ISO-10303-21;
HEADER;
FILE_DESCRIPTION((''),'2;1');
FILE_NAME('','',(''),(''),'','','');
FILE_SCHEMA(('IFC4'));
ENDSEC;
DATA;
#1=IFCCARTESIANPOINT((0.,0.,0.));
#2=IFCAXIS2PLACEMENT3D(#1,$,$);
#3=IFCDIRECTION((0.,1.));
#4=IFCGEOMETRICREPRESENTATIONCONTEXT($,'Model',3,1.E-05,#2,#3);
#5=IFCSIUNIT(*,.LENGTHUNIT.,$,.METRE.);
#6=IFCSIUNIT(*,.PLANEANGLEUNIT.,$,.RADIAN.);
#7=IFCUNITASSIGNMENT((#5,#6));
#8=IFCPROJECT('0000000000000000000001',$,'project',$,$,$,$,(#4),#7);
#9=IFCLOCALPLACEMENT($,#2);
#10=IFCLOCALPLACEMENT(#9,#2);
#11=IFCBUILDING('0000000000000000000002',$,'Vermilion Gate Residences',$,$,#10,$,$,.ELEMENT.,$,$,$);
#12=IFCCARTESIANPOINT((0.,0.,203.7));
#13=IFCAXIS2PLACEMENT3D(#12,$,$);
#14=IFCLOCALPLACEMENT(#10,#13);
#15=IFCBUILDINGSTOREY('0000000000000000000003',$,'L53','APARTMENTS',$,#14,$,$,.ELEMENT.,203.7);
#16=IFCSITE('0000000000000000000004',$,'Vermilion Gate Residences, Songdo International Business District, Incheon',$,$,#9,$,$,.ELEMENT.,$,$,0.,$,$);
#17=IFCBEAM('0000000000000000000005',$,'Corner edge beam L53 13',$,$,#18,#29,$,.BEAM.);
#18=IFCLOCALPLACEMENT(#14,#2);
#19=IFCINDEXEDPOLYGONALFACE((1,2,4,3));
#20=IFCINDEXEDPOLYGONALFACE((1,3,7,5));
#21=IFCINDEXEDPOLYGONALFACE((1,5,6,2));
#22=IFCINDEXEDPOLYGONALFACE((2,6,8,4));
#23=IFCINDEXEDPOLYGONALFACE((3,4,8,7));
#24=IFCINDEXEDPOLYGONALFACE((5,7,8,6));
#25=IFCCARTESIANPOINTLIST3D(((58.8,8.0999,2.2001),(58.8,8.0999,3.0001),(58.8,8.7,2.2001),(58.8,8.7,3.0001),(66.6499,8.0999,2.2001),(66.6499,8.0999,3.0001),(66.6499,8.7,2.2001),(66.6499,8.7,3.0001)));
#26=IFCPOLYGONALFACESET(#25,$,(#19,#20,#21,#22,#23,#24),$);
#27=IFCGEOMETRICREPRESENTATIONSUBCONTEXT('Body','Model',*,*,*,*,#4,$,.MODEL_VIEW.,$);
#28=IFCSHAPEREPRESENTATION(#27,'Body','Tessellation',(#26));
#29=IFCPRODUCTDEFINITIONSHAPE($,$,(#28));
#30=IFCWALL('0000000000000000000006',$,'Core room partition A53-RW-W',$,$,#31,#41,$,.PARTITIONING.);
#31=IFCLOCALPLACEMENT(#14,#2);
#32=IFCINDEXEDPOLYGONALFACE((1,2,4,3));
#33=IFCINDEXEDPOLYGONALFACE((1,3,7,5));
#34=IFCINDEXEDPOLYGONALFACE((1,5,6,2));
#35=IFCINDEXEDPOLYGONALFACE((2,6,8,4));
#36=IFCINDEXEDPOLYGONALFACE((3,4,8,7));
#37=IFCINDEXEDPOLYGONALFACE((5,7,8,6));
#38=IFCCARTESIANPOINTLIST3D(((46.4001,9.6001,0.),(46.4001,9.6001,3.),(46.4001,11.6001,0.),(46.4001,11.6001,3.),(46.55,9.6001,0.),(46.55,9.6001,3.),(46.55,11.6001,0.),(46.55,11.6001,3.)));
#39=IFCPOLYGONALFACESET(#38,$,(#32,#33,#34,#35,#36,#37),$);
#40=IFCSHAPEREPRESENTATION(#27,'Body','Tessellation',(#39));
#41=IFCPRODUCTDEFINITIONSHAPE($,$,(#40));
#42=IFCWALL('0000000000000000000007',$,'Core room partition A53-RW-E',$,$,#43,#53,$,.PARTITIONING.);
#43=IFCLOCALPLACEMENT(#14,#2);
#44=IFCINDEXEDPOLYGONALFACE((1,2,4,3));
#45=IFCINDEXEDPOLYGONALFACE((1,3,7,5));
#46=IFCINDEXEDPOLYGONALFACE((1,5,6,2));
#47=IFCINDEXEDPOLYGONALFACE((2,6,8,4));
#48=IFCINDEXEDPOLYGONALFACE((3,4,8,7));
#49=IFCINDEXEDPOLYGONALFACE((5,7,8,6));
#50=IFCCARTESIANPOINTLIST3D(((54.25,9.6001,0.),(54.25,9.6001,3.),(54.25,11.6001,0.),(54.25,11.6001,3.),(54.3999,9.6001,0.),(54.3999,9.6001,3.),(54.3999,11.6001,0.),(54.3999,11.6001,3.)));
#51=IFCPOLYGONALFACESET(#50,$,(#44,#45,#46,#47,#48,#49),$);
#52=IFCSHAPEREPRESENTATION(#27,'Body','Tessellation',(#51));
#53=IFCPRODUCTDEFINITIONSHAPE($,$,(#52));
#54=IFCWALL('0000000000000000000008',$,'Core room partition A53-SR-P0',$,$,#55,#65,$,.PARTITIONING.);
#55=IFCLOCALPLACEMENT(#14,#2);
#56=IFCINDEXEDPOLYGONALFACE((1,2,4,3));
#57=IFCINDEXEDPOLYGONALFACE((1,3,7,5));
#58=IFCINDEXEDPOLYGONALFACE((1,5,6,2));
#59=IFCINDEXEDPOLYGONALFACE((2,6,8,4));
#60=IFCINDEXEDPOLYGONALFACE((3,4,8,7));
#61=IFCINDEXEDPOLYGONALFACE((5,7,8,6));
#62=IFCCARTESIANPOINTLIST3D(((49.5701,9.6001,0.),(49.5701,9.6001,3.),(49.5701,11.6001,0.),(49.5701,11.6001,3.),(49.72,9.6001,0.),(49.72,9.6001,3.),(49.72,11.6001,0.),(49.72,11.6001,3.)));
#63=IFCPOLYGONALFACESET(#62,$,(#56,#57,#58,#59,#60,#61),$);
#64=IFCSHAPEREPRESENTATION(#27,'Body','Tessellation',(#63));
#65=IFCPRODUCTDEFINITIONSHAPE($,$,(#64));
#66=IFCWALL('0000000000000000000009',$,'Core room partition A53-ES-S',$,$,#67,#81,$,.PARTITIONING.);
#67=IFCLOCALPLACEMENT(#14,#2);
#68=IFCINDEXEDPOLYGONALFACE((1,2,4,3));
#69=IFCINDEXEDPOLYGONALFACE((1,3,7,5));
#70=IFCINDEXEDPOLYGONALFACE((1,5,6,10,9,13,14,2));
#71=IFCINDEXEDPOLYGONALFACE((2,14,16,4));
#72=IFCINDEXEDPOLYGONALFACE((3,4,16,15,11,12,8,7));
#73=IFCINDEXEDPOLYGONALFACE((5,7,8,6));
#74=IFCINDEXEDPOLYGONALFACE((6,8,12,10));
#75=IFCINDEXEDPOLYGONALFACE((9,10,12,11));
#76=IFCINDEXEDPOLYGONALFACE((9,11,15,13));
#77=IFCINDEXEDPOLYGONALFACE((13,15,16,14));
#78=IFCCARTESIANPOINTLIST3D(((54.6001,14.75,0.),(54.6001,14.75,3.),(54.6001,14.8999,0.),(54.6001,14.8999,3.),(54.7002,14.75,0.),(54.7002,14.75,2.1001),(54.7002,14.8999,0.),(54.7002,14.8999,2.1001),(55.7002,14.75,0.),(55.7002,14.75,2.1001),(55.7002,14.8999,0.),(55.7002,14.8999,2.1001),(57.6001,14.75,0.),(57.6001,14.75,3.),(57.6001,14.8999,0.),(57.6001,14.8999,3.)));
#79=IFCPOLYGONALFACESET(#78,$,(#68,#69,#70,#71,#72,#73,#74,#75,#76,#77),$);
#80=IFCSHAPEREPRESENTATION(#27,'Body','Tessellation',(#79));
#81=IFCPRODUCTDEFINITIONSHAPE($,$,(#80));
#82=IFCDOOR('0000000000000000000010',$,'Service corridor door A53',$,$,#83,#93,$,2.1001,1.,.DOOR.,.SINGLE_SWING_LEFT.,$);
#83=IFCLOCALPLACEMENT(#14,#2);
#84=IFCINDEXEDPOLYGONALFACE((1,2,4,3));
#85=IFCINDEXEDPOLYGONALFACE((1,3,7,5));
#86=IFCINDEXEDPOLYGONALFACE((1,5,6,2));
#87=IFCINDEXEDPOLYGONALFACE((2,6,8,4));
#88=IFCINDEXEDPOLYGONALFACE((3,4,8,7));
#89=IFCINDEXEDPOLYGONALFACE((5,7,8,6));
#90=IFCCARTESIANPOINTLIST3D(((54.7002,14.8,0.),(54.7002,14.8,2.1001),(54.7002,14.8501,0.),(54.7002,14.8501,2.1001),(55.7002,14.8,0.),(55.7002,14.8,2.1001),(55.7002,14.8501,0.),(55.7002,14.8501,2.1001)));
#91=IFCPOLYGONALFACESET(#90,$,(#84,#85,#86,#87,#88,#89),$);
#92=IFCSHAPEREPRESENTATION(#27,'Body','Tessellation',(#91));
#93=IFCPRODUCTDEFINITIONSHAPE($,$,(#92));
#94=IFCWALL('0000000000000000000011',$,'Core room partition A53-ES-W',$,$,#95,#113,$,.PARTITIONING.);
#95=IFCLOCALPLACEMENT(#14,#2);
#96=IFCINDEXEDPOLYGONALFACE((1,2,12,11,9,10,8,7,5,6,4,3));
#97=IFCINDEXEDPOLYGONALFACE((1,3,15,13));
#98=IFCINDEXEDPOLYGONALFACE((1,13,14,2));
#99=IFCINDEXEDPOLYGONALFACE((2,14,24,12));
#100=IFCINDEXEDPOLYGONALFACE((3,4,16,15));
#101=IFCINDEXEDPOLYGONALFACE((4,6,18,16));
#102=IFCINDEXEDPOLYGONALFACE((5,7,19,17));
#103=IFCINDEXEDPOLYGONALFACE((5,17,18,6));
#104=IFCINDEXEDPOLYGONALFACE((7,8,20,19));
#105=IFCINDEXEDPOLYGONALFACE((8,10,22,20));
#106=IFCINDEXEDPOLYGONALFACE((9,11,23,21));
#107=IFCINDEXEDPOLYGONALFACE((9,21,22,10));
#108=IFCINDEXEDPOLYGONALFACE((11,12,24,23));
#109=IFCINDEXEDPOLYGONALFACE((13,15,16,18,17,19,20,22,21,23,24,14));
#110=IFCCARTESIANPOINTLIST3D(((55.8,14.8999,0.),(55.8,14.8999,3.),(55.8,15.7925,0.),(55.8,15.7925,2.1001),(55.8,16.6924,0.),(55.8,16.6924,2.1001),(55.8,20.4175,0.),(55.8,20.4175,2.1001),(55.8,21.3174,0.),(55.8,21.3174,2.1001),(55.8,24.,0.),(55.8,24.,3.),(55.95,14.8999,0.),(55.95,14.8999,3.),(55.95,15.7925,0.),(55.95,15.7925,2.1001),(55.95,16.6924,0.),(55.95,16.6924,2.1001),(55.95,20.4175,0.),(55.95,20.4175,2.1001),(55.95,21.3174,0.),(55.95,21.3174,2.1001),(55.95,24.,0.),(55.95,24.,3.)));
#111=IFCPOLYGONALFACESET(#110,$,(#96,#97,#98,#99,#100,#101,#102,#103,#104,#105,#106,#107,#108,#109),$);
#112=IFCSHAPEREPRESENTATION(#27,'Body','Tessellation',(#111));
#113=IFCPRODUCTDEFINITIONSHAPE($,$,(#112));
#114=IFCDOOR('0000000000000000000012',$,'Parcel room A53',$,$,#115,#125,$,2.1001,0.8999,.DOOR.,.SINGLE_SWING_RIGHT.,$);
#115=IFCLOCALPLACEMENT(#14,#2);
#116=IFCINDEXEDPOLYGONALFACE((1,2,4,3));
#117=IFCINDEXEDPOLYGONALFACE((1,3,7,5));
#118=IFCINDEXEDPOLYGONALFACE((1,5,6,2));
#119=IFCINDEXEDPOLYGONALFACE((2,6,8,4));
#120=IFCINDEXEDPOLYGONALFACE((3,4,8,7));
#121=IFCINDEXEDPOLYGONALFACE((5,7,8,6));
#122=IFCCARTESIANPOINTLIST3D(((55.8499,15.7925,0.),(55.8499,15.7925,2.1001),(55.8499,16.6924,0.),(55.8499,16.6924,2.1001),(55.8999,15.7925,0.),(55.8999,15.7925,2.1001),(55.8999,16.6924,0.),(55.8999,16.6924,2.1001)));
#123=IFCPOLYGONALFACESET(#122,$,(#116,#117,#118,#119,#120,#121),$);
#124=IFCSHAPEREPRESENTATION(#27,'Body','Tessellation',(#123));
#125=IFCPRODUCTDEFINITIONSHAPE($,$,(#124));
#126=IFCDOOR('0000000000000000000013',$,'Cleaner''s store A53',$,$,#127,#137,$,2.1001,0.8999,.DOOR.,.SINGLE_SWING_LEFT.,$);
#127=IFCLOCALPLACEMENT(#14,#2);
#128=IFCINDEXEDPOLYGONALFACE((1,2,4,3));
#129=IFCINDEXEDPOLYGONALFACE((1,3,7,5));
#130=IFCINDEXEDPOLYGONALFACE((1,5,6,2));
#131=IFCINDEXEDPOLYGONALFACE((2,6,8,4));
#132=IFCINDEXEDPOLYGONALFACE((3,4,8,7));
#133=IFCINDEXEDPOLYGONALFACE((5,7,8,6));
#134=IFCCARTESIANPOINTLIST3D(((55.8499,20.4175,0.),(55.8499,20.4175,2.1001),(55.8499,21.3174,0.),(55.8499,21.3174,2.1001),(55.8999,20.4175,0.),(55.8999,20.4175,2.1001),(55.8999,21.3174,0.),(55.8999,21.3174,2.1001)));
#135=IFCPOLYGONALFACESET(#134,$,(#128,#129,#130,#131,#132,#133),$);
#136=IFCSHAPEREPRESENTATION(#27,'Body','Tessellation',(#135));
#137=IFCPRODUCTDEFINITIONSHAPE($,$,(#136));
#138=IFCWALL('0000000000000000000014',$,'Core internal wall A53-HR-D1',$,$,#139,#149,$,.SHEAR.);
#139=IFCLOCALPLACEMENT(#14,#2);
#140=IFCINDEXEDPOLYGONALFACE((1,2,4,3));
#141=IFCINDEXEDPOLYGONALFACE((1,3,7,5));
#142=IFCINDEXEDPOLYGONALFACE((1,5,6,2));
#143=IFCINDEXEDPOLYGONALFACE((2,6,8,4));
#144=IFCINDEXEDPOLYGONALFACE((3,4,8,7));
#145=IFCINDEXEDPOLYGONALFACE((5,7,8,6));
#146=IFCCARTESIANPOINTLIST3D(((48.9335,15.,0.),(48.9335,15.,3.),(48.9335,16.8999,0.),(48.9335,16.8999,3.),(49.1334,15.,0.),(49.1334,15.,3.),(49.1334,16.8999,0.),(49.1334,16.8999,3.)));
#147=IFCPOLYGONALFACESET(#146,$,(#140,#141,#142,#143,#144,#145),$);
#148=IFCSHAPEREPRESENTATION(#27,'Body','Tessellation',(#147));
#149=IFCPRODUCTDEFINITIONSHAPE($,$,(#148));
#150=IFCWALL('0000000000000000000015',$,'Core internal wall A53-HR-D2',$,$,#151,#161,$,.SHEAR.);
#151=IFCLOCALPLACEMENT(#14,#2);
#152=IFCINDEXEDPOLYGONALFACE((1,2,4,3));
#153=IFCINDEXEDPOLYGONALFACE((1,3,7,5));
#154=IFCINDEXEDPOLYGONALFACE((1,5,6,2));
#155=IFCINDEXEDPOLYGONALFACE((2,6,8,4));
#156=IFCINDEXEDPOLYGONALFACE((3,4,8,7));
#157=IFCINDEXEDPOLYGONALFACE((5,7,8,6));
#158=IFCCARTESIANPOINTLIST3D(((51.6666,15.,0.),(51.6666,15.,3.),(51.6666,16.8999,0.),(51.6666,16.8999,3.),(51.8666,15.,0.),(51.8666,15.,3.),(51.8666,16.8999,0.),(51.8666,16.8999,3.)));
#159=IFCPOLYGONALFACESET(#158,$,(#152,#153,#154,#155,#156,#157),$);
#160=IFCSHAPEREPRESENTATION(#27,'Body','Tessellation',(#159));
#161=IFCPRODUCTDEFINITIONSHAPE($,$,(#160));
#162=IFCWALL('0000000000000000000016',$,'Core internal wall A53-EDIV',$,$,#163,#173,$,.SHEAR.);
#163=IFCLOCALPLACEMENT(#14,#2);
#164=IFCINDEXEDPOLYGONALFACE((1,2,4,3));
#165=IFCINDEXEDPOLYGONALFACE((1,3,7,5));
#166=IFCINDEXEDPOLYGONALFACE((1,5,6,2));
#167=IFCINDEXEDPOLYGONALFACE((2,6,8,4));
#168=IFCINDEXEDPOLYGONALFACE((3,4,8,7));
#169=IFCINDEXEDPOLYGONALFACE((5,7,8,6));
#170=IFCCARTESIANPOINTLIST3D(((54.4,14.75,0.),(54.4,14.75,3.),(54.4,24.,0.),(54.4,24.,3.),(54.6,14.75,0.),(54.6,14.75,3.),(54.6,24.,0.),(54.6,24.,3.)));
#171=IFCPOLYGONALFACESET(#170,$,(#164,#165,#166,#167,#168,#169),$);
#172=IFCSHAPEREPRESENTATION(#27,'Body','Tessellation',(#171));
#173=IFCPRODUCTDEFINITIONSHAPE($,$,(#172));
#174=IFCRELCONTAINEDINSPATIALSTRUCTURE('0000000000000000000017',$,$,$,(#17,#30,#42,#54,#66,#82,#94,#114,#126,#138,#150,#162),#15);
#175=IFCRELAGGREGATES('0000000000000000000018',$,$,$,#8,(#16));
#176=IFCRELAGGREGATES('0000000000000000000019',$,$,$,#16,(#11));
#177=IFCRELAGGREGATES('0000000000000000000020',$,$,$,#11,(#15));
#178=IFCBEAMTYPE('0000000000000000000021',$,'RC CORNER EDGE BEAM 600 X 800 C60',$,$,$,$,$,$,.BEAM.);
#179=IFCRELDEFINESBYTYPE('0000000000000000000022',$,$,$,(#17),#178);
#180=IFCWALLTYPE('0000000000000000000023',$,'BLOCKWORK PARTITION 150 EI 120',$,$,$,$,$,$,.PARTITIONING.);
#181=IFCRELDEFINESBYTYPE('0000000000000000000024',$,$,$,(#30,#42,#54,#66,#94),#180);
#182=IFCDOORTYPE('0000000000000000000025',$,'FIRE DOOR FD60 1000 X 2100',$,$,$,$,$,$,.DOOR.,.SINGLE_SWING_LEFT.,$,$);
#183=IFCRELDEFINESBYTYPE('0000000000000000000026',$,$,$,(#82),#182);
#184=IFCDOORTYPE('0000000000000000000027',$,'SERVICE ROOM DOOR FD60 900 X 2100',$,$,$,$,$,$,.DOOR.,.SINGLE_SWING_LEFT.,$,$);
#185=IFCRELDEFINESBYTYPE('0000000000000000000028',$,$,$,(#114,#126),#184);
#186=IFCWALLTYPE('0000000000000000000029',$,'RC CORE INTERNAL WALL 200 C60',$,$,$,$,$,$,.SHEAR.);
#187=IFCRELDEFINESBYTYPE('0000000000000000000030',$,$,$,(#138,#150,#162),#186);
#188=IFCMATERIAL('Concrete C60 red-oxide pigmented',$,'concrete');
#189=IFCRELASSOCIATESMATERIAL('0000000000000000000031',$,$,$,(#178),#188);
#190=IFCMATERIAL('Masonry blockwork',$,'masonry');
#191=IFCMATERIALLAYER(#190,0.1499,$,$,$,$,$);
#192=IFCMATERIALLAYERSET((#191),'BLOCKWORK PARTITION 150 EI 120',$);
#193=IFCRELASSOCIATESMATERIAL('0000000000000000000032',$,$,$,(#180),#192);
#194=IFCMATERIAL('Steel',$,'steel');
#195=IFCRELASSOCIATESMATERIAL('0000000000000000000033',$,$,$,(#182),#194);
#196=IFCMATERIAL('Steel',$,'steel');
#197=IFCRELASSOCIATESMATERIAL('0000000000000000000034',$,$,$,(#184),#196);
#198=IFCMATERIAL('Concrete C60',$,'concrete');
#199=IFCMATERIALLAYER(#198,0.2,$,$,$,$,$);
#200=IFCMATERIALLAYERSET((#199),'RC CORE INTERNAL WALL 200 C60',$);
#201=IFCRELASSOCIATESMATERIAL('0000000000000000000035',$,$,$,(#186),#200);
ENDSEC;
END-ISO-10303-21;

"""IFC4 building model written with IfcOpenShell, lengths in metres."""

from ifc_helpers import new_model, si_unit, direction, frame, frame_2d, origin, origin_2d, place, context, subcontext, project, spatial, rectangle, extrude, material, layer, layer_set, material_profile, profile_set, type_object, element, fill, save


model = new_model("IFC4")

# Units and contexts
model_context = context("Model", 3, precision=1e-05, world=origin(), true_north=direction((0.0, 1.0)))
body_context = subcontext(model_context, "Body", "Model", "MODEL_VIEW")
ifc_project = project(units=[si_unit("LENGTHUNIT", "METRE"), si_unit("PLANEANGLEUNIT", "RADIAN")], contexts=[model_context])

# Site, building, storey
site_placement = place(None, origin())
site = spatial("IfcSite", under=ifc_project, at=site_placement, Name="Vermilion Gate Residences, Songdo International Business District, Incheon", CompositionType="ELEMENT", RefElevation=0.0)
building_placement = place(site_placement, origin())
building = spatial("IfcBuilding", under=site, at=building_placement, Name="Vermilion Gate Residences", CompositionType="ELEMENT")
storey_placement = place(building_placement, frame((0.0, 0.0, 203.7)))
storey = spatial("IfcBuildingStorey", under=building, at=storey_placement, Name="L53", Description="APARTMENTS", CompositionType="ELEMENT", Elevation=203.7)

# Beam
ifc_material_1 = material(Name="Concrete C60 red-oxide pigmented", Category="concrete")
ifc_material_profile = material_profile(ifc_material_1, rectangle(XDim=0.6001, YDim=0.8, at=origin_2d()), Name="RC-600x800")
ifc_profile_set = profile_set([ifc_material_profile], Name="Concrete C60 red-oxide pigmented")
beam_type = type_object("IfcBeamType", Name="RC CORNER EDGE BEAM 600 X 800 C60", PredefinedType="BEAM", material=ifc_profile_set)
beam_placement = place(storey_placement, frame((58.8, 8.3999, 2.6001), z_axis=(1.0, 0.0, 0.0), x_axis=(0.0, 1.0, 0.0)))
element("IfcBeam", 1, at=beam_placement, inside=storey, type_object=beam_type, Name="Corner edge beam L53 13", PredefinedType="BEAM", context=body_context, shape_type="SweptSolid", body=[
    extrude(rectangle(XDim=0.6001, YDim=0.8, at=origin_2d()), origin(), (0.0, 0.0, 1.0), 7.8499),
])

# Walls
ifc_material_2 = material(Name="Masonry blockwork", Category="masonry")
ifc_layer_1 = layer(ifc_material_2, 0.1499)
ifc_layer_set_1 = layer_set([ifc_layer_1], Name="BLOCKWORK PARTITION 150 EI 120")
wall_type_1 = type_object("IfcWallType", Name="BLOCKWORK PARTITION 150 EI 120", PredefinedType="PARTITIONING", material=ifc_layer_set_1)
for number, where, z_axis, x_axis, name in (
    (2, (46.4751, 9.6001, 0.0), (0.0, 0.0, 1.0), (0.0, 1.0, 0.0), "Core room partition A53-RW-W"),
    (3, (54.325, 9.6001, 0.0), (0.0, 0.0, 1.0), (0.0, 1.0, 0.0), "Core room partition A53-RW-E"),
    (4, (49.645, 9.6001, 0.0), (0.0, 0.0, 1.0), (0.0, 1.0, 0.0), "Core room partition A53-SR-P0"),
):
    element("IfcWall", number, at=place(storey_placement, frame(where, z_axis=z_axis, x_axis=x_axis)), inside=storey, type_object=wall_type_1, Name=name, PredefinedType="PARTITIONING", context=body_context, shape_type="SweptSolid", body=[
        extrude(rectangle(XDim=2.0, YDim=0.1499, at=frame_2d((1.0, 0.0))), origin(), (0.0, 0.0, 1.0), 3.0),
    ])

# Wall, opening, door
wall_1_placement = place(storey_placement, frame((54.6001, 14.825, 0.0), z_axis=(0.0, 0.0, 1.0), x_axis=(1.0, 0.0, 0.0)))
wall_1 = element("IfcWall", 5, at=wall_1_placement, inside=storey, type_object=wall_type_1, Name="Core room partition A53-ES-S", PredefinedType="PARTITIONING", context=body_context, shape_type="SweptSolid", body=[
    extrude(rectangle(XDim=3.0, YDim=0.1499, at=frame_2d((1.5, 0.0))), origin(), (0.0, 0.0, 1.0), 3.0),
])
opening_1_placement = place(wall_1_placement, frame((0.1001, 0.0, 0.0)))
opening_1 = element("IfcOpeningElement", 6, at=opening_1_placement, cuts=wall_1, PredefinedType="OPENING", context=body_context, shape_type="SweptSolid", body=[
    extrude(rectangle(XDim=1.0, YDim=2.1001, at=frame_2d((0.5, 1.05))), frame((0.0, 0.085, 0.0), z_axis=(0.0, -1.0, 0.0), x_axis=(1.0, 0.0, 0.0)), (0.0, 0.0, 1.0), 0.1699),
])
ifc_material_3 = material(Name="Steel", Category="steel")
door_type_1 = type_object("IfcDoorType", Name="FIRE DOOR FD60 1000 X 2100", OperationType="SINGLE_SWING_LEFT", PredefinedType="DOOR", material=ifc_material_3)
door_1_placement = place(opening_1_placement, frame((1.0, 0.0, 0.0), z_axis=(0.0, 0.0, 1.0), x_axis=(-1.0, 0.0, 0.0)))
door_1 = element("IfcDoor", 7, at=door_1_placement, inside=storey, type_object=door_type_1, Name="Service corridor door A53", OperationType="SINGLE_SWING_LEFT", OverallHeight=2.1001, OverallWidth=1.0, PredefinedType="DOOR", context=body_context, shape_type="SweptSolid", body=[
    extrude(rectangle(XDim=1.0, YDim=2.1001, at=frame_2d((0.5, 1.05))), frame((0.0, 0.0249, 0.0), z_axis=(0.0, -1.0, 0.0), x_axis=(1.0, 0.0, 0.0)), (0.0, 0.0, 1.0), 0.05),
])
fill(opening_1, door_1)

# Wall, openings, doors
wall_2_placement = place(storey_placement, frame((55.875, 14.8999, 0.0), z_axis=(0.0, 0.0, 1.0), x_axis=(0.0, 1.0, 0.0)))
wall_2 = element("IfcWall", 8, at=wall_2_placement, inside=storey, type_object=wall_type_1, Name="Core room partition A53-ES-W", PredefinedType="PARTITIONING", context=body_context, shape_type="SweptSolid", body=[
    extrude(rectangle(XDim=9.1001, YDim=0.1499, at=frame_2d((4.55, 0.0))), origin(), (0.0, 0.0, 1.0), 3.0),
])
opening_2_placement = place(wall_2_placement, frame((0.8926, 0.0, 0.0)))
opening_2 = element("IfcOpeningElement", 9, at=opening_2_placement, cuts=wall_2, PredefinedType="OPENING", context=body_context, shape_type="SweptSolid", body=[
    extrude(rectangle(XDim=0.8999, YDim=2.1001, at=frame_2d((0.45, 1.05))), frame((0.0, 0.085, 0.0), z_axis=(0.0, -1.0, 0.0), x_axis=(1.0, 0.0, 0.0)), (0.0, 0.0, 1.0), 0.1699),
])
opening_3_placement = place(wall_2_placement, frame((5.5176, 0.0, 0.0)))
opening_3 = element("IfcOpeningElement", 10, at=opening_3_placement, cuts=wall_2, PredefinedType="OPENING", context=body_context, shape_type="SweptSolid", body=[
    extrude(rectangle(XDim=0.8999, YDim=2.1001, at=frame_2d((0.45, 1.05))), frame((0.0, 0.085, 0.0), z_axis=(0.0, -1.0, 0.0), x_axis=(1.0, 0.0, 0.0)), (0.0, 0.0, 1.0), 0.1699),
])
ifc_material_4 = material(Name="Steel", Category="steel")
door_type_2 = type_object("IfcDoorType", Name="SERVICE ROOM DOOR FD60 900 X 2100", OperationType="SINGLE_SWING_LEFT", PredefinedType="DOOR", material=ifc_material_4)
door_2_placement = place(opening_2_placement, frame((0.8999, 0.0, 0.0), z_axis=(0.0, 0.0, 1.0), x_axis=(-1.0, 0.0, 0.0)))
door_2 = element("IfcDoor", 11, at=door_2_placement, inside=storey, type_object=door_type_2, Name="Parcel room A53", OperationType="SINGLE_SWING_RIGHT", OverallHeight=2.1001, OverallWidth=0.8999, PredefinedType="DOOR", context=body_context, shape_type="SweptSolid", body=[
    extrude(rectangle(XDim=0.8999, YDim=2.1001, at=frame_2d((0.45, 1.05))), frame((0.0, 0.0249, 0.0), z_axis=(0.0, -1.0, 0.0), x_axis=(1.0, 0.0, 0.0)), (0.0, 0.0, 1.0), 0.05),
])
fill(opening_2, door_2)
door_3_placement = place(opening_3_placement, frame((0.8999, 0.0, 0.0), z_axis=(0.0, 0.0, 1.0), x_axis=(-1.0, 0.0, 0.0)))
door_3 = element("IfcDoor", 12, at=door_3_placement, inside=storey, type_object=door_type_2, Name="Cleaner's store A53", OperationType="SINGLE_SWING_LEFT", OverallHeight=2.1001, OverallWidth=0.8999, PredefinedType="DOOR", context=body_context, shape_type="SweptSolid", body=[
    extrude(rectangle(XDim=0.8999, YDim=2.1001, at=frame_2d((0.45, 1.05))), frame((0.0, 0.0249, 0.0), z_axis=(0.0, -1.0, 0.0), x_axis=(1.0, 0.0, 0.0)), (0.0, 0.0, 1.0), 0.05),
])
fill(opening_3, door_3)

# Walls
ifc_material_5 = material(Name="Concrete C60", Category="concrete")
ifc_layer_2 = layer(ifc_material_5, 0.2)
ifc_layer_set_2 = layer_set([ifc_layer_2], Name="RC CORE INTERNAL WALL 200 C60")
wall_type_2 = type_object("IfcWallType", Name="RC CORE INTERNAL WALL 200 C60", PredefinedType="SHEAR", material=ifc_layer_set_2)
for number, where, z_axis, x_axis, name in (
    (13, (49.0334, 15.0, 0.0), (0.0, 0.0, 1.0), (0.0, 1.0, 0.0), "Core internal wall A53-HR-D1"),
    (14, (51.7666, 15.0, 0.0), (0.0, 0.0, 1.0), (0.0, 1.0, 0.0), "Core internal wall A53-HR-D2"),
):
    element("IfcWall", number, at=place(storey_placement, frame(where, z_axis=z_axis, x_axis=x_axis)), inside=storey, type_object=wall_type_2, Name=name, PredefinedType="SHEAR", context=body_context, shape_type="SweptSolid", body=[
        extrude(rectangle(XDim=1.8999, YDim=0.2, at=frame_2d((0.95, 0.0))), origin(), (0.0, 0.0, 1.0), 3.0),
    ])
wall_3_placement = place(storey_placement, frame((54.5, 14.75, 0.0), z_axis=(0.0, 0.0, 1.0), x_axis=(0.0, 1.0, 0.0)))
element("IfcWall", 15, at=wall_3_placement, inside=storey, type_object=wall_type_2, Name="Core internal wall A53-EDIV", PredefinedType="SHEAR", context=body_context, shape_type="SweptSolid", body=[
    extrude(rectangle(XDim=9.25, YDim=0.2, at=frame_2d((4.625, 0.0))), origin(), (0.0, 0.0, 1.0), 3.0),
])

save(model, "model.ifc")
